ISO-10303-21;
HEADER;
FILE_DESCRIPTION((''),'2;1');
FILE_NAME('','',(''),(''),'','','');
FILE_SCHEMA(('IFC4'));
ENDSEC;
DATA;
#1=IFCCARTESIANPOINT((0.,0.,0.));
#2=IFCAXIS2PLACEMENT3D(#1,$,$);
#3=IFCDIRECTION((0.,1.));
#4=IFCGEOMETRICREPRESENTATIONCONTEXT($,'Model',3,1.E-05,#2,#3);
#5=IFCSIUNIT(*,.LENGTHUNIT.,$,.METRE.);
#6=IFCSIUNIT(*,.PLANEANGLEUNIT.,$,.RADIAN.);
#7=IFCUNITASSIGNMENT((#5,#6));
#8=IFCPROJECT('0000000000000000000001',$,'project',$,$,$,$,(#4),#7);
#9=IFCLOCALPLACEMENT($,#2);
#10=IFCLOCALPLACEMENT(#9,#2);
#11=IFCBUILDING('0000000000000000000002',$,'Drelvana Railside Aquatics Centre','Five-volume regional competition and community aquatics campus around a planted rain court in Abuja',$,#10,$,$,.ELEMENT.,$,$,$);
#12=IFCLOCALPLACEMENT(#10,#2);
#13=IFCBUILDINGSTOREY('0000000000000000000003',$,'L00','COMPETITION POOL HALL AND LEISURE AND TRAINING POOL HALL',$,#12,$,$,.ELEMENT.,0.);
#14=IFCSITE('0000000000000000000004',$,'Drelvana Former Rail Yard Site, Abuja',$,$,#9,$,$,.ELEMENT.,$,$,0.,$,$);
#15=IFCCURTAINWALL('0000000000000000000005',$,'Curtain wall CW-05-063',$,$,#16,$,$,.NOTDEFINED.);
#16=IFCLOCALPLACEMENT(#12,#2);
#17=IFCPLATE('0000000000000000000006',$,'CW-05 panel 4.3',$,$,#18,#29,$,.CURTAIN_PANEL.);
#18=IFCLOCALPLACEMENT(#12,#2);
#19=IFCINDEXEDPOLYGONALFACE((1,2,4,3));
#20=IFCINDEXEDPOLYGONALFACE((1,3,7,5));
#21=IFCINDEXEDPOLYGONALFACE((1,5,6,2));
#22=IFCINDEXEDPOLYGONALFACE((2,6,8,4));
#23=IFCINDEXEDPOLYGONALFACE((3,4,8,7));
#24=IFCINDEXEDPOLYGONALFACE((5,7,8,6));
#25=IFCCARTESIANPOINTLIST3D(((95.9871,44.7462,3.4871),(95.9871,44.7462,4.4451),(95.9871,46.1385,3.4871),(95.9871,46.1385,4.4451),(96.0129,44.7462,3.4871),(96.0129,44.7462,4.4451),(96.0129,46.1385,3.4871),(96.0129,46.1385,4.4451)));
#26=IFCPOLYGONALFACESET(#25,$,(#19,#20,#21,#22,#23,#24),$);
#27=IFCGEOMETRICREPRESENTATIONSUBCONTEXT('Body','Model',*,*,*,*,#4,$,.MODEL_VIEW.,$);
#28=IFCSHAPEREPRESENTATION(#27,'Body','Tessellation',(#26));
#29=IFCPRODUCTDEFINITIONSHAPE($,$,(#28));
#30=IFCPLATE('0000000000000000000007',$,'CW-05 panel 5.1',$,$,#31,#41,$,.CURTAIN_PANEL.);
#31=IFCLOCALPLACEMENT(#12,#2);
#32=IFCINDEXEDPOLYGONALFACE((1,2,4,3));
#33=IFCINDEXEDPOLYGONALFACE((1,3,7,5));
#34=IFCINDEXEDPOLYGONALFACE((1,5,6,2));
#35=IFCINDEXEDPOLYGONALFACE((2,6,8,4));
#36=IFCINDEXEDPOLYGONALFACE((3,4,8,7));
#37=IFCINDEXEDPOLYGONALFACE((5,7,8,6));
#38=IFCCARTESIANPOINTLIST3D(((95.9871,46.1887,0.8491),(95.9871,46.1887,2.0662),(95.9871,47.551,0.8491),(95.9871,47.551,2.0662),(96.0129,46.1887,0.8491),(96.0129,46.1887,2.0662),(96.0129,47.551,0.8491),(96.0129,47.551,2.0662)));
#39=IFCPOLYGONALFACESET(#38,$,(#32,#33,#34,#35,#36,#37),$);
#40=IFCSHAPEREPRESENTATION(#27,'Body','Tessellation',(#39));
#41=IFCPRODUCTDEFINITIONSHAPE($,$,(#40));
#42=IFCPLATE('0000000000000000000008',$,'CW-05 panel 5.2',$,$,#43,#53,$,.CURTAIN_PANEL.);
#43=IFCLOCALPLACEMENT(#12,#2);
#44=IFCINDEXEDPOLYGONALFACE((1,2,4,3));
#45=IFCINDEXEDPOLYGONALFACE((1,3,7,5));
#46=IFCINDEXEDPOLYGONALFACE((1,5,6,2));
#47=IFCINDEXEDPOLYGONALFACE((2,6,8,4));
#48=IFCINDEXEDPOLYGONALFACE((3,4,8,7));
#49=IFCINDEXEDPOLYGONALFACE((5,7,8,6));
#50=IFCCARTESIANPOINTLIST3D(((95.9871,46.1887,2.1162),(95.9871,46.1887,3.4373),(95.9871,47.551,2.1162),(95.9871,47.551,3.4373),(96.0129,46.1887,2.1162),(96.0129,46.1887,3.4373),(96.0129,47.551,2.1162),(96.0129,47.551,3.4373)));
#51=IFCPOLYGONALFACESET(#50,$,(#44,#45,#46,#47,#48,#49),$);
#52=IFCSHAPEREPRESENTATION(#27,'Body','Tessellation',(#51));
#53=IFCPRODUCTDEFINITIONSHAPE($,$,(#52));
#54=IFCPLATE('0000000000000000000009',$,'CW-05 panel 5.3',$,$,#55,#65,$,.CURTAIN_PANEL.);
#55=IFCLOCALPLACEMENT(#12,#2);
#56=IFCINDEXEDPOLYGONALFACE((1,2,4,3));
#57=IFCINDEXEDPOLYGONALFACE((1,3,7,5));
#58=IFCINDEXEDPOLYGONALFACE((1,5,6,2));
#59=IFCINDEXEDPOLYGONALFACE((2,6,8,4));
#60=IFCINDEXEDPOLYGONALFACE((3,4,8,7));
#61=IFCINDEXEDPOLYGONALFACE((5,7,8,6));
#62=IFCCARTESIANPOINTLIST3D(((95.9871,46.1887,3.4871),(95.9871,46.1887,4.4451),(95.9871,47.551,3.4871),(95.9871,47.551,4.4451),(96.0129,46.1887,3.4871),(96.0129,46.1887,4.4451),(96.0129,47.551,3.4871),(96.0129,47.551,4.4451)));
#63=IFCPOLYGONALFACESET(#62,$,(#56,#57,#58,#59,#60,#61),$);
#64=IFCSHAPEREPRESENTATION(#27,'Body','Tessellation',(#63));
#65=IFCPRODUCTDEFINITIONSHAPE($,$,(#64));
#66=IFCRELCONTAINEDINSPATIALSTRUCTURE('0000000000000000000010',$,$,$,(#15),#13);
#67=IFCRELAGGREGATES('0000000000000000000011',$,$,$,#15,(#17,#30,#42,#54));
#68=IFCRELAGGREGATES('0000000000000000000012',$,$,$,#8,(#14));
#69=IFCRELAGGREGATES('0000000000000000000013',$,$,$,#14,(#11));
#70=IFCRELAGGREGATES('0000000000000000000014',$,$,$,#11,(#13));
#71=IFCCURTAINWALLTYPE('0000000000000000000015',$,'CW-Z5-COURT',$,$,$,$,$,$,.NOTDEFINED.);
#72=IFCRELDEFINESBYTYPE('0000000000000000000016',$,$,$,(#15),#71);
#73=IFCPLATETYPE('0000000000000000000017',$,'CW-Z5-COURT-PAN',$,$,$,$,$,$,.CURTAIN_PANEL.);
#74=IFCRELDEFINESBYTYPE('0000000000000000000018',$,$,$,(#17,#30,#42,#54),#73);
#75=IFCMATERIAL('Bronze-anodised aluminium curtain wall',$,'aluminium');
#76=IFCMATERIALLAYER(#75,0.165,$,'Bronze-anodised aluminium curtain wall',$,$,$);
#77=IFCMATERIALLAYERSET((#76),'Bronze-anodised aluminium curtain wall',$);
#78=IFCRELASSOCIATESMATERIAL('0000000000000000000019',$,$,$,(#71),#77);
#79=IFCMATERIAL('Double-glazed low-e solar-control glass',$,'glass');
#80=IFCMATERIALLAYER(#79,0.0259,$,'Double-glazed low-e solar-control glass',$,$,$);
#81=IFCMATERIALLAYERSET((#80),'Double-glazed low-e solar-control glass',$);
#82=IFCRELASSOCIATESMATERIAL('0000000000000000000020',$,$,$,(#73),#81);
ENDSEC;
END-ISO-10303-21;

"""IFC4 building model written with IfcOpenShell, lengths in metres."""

from ifc_helpers import new_model, si_unit, direction, frame, origin, origin_2d, place, context, subcontext, project, spatial, rectangle, extrude, material, layer, layer_set, type_object, element, aggregate, save


model = new_model("IFC4")

# Units and contexts
model_context = context("Model", 3, precision=1e-05, world=origin(), true_north=direction((0.0, 1.0)))
body_context = subcontext(model_context, "Body", "Model", "MODEL_VIEW")
ifc_project = project(units=[si_unit("LENGTHUNIT", "METRE"), si_unit("PLANEANGLEUNIT", "RADIAN")], contexts=[model_context])

# Site, building, storey
site_placement = place(None, origin())
site = spatial("IfcSite", under=ifc_project, at=site_placement, Name="Drelvana Former Rail Yard Site, Abuja", CompositionType="ELEMENT", RefElevation=0.0)
building_placement = place(site_placement, origin())
building = spatial("IfcBuilding", under=site, at=building_placement, Name="Drelvana Railside Aquatics Centre", Description="Five-volume regional competition and community aquatics campus around a planted rain court in Abuja", CompositionType="ELEMENT")
storey_placement = place(building_placement, origin())
storey = spatial("IfcBuildingStorey", under=building, at=storey_placement, Name="L00", Description="COMPETITION POOL HALL AND LEISURE AND TRAINING POOL HALL", CompositionType="ELEMENT", Elevation=0.0)

# Curtain wall
ifc_material_1 = material(Name="Bronze-anodised aluminium curtain wall", Category="aluminium")
ifc_layer_1 = layer(ifc_material_1, 0.165, Name="Bronze-anodised aluminium curtain wall")
ifc_layer_set_1 = layer_set([ifc_layer_1], Name="Bronze-anodised aluminium curtain wall")
curtain_wall_type = type_object("IfcCurtainWallType", Name="CW-Z5-COURT", PredefinedType="NOTDEFINED", material=ifc_layer_set_1)
curtain_wall_placement = place(storey_placement, origin())
curtain_wall = element("IfcCurtainWall", 1, at=curtain_wall_placement, inside=storey, type_object=curtain_wall_type, Name="Curtain wall CW-05-063", PredefinedType="NOTDEFINED")

# Plates
ifc_material_2 = material(Name="Double-glazed low-e solar-control glass", Category="glass")
ifc_layer_2 = layer(ifc_material_2, 0.0259, Name="Double-glazed low-e solar-control glass")
ifc_layer_set_2 = layer_set([ifc_layer_2], Name="Double-glazed low-e solar-control glass")
plate_type = type_object("IfcPlateType", Name="CW-Z5-COURT-PAN", PredefinedType="CURTAIN_PANEL", material=ifc_layer_set_2)
plate_1_placement = place(storey_placement, frame((96.0, 45.4424, 3.4871), z_axis=(0.0, 0.0, 1.0), x_axis=(0.0, 1.0, 0.0)))
plate_1 = element("IfcPlate", 2, at=plate_1_placement, type_object=plate_type, Name="CW-05 panel 4.3", PredefinedType="CURTAIN_PANEL", context=body_context, shape_type="SweptSolid", body=[
    extrude(rectangle(XDim=1.3923, YDim=0.0259, at=origin_2d()), origin(), (0.0, 0.0, 1.0), 0.958),
])
plate_2_placement = place(storey_placement, frame((96.0, 46.8699, 0.8491), z_axis=(0.0, 0.0, 1.0), x_axis=(0.0, 1.0, 0.0)))
plate_2 = element("IfcPlate", 3, at=plate_2_placement, type_object=plate_type, Name="CW-05 panel 5.1", PredefinedType="CURTAIN_PANEL", context=body_context, shape_type="SweptSolid", body=[
    extrude(rectangle(XDim=1.3623, YDim=0.0259, at=origin_2d()), origin(), (0.0, 0.0, 1.0), 1.217),
])
plate_3_placement = place(storey_placement, frame((96.0, 46.8699, 2.1162), z_axis=(0.0, 0.0, 1.0), x_axis=(0.0, 1.0, 0.0)))
plate_3 = element("IfcPlate", 4, at=plate_3_placement, type_object=plate_type, Name="CW-05 panel 5.2", PredefinedType="CURTAIN_PANEL", context=body_context, shape_type="SweptSolid", body=[
    extrude(rectangle(XDim=1.3623, YDim=0.0259, at=origin_2d()), origin(), (0.0, 0.0, 1.0), 1.321),
])
plate_4_placement = place(storey_placement, frame((96.0, 46.8699, 3.4871), z_axis=(0.0, 0.0, 1.0), x_axis=(0.0, 1.0, 0.0)))
plate_4 = element("IfcPlate", 5, at=plate_4_placement, type_object=plate_type, Name="CW-05 panel 5.3", PredefinedType="CURTAIN_PANEL", context=body_context, shape_type="SweptSolid", body=[
    extrude(rectangle(XDim=1.3623, YDim=0.0259, at=origin_2d()), origin(), (0.0, 0.0, 1.0), 0.958),
])
aggregate(curtain_wall, [plate_1, plate_2, plate_3, plate_4])

save(model, "model.ifc")
